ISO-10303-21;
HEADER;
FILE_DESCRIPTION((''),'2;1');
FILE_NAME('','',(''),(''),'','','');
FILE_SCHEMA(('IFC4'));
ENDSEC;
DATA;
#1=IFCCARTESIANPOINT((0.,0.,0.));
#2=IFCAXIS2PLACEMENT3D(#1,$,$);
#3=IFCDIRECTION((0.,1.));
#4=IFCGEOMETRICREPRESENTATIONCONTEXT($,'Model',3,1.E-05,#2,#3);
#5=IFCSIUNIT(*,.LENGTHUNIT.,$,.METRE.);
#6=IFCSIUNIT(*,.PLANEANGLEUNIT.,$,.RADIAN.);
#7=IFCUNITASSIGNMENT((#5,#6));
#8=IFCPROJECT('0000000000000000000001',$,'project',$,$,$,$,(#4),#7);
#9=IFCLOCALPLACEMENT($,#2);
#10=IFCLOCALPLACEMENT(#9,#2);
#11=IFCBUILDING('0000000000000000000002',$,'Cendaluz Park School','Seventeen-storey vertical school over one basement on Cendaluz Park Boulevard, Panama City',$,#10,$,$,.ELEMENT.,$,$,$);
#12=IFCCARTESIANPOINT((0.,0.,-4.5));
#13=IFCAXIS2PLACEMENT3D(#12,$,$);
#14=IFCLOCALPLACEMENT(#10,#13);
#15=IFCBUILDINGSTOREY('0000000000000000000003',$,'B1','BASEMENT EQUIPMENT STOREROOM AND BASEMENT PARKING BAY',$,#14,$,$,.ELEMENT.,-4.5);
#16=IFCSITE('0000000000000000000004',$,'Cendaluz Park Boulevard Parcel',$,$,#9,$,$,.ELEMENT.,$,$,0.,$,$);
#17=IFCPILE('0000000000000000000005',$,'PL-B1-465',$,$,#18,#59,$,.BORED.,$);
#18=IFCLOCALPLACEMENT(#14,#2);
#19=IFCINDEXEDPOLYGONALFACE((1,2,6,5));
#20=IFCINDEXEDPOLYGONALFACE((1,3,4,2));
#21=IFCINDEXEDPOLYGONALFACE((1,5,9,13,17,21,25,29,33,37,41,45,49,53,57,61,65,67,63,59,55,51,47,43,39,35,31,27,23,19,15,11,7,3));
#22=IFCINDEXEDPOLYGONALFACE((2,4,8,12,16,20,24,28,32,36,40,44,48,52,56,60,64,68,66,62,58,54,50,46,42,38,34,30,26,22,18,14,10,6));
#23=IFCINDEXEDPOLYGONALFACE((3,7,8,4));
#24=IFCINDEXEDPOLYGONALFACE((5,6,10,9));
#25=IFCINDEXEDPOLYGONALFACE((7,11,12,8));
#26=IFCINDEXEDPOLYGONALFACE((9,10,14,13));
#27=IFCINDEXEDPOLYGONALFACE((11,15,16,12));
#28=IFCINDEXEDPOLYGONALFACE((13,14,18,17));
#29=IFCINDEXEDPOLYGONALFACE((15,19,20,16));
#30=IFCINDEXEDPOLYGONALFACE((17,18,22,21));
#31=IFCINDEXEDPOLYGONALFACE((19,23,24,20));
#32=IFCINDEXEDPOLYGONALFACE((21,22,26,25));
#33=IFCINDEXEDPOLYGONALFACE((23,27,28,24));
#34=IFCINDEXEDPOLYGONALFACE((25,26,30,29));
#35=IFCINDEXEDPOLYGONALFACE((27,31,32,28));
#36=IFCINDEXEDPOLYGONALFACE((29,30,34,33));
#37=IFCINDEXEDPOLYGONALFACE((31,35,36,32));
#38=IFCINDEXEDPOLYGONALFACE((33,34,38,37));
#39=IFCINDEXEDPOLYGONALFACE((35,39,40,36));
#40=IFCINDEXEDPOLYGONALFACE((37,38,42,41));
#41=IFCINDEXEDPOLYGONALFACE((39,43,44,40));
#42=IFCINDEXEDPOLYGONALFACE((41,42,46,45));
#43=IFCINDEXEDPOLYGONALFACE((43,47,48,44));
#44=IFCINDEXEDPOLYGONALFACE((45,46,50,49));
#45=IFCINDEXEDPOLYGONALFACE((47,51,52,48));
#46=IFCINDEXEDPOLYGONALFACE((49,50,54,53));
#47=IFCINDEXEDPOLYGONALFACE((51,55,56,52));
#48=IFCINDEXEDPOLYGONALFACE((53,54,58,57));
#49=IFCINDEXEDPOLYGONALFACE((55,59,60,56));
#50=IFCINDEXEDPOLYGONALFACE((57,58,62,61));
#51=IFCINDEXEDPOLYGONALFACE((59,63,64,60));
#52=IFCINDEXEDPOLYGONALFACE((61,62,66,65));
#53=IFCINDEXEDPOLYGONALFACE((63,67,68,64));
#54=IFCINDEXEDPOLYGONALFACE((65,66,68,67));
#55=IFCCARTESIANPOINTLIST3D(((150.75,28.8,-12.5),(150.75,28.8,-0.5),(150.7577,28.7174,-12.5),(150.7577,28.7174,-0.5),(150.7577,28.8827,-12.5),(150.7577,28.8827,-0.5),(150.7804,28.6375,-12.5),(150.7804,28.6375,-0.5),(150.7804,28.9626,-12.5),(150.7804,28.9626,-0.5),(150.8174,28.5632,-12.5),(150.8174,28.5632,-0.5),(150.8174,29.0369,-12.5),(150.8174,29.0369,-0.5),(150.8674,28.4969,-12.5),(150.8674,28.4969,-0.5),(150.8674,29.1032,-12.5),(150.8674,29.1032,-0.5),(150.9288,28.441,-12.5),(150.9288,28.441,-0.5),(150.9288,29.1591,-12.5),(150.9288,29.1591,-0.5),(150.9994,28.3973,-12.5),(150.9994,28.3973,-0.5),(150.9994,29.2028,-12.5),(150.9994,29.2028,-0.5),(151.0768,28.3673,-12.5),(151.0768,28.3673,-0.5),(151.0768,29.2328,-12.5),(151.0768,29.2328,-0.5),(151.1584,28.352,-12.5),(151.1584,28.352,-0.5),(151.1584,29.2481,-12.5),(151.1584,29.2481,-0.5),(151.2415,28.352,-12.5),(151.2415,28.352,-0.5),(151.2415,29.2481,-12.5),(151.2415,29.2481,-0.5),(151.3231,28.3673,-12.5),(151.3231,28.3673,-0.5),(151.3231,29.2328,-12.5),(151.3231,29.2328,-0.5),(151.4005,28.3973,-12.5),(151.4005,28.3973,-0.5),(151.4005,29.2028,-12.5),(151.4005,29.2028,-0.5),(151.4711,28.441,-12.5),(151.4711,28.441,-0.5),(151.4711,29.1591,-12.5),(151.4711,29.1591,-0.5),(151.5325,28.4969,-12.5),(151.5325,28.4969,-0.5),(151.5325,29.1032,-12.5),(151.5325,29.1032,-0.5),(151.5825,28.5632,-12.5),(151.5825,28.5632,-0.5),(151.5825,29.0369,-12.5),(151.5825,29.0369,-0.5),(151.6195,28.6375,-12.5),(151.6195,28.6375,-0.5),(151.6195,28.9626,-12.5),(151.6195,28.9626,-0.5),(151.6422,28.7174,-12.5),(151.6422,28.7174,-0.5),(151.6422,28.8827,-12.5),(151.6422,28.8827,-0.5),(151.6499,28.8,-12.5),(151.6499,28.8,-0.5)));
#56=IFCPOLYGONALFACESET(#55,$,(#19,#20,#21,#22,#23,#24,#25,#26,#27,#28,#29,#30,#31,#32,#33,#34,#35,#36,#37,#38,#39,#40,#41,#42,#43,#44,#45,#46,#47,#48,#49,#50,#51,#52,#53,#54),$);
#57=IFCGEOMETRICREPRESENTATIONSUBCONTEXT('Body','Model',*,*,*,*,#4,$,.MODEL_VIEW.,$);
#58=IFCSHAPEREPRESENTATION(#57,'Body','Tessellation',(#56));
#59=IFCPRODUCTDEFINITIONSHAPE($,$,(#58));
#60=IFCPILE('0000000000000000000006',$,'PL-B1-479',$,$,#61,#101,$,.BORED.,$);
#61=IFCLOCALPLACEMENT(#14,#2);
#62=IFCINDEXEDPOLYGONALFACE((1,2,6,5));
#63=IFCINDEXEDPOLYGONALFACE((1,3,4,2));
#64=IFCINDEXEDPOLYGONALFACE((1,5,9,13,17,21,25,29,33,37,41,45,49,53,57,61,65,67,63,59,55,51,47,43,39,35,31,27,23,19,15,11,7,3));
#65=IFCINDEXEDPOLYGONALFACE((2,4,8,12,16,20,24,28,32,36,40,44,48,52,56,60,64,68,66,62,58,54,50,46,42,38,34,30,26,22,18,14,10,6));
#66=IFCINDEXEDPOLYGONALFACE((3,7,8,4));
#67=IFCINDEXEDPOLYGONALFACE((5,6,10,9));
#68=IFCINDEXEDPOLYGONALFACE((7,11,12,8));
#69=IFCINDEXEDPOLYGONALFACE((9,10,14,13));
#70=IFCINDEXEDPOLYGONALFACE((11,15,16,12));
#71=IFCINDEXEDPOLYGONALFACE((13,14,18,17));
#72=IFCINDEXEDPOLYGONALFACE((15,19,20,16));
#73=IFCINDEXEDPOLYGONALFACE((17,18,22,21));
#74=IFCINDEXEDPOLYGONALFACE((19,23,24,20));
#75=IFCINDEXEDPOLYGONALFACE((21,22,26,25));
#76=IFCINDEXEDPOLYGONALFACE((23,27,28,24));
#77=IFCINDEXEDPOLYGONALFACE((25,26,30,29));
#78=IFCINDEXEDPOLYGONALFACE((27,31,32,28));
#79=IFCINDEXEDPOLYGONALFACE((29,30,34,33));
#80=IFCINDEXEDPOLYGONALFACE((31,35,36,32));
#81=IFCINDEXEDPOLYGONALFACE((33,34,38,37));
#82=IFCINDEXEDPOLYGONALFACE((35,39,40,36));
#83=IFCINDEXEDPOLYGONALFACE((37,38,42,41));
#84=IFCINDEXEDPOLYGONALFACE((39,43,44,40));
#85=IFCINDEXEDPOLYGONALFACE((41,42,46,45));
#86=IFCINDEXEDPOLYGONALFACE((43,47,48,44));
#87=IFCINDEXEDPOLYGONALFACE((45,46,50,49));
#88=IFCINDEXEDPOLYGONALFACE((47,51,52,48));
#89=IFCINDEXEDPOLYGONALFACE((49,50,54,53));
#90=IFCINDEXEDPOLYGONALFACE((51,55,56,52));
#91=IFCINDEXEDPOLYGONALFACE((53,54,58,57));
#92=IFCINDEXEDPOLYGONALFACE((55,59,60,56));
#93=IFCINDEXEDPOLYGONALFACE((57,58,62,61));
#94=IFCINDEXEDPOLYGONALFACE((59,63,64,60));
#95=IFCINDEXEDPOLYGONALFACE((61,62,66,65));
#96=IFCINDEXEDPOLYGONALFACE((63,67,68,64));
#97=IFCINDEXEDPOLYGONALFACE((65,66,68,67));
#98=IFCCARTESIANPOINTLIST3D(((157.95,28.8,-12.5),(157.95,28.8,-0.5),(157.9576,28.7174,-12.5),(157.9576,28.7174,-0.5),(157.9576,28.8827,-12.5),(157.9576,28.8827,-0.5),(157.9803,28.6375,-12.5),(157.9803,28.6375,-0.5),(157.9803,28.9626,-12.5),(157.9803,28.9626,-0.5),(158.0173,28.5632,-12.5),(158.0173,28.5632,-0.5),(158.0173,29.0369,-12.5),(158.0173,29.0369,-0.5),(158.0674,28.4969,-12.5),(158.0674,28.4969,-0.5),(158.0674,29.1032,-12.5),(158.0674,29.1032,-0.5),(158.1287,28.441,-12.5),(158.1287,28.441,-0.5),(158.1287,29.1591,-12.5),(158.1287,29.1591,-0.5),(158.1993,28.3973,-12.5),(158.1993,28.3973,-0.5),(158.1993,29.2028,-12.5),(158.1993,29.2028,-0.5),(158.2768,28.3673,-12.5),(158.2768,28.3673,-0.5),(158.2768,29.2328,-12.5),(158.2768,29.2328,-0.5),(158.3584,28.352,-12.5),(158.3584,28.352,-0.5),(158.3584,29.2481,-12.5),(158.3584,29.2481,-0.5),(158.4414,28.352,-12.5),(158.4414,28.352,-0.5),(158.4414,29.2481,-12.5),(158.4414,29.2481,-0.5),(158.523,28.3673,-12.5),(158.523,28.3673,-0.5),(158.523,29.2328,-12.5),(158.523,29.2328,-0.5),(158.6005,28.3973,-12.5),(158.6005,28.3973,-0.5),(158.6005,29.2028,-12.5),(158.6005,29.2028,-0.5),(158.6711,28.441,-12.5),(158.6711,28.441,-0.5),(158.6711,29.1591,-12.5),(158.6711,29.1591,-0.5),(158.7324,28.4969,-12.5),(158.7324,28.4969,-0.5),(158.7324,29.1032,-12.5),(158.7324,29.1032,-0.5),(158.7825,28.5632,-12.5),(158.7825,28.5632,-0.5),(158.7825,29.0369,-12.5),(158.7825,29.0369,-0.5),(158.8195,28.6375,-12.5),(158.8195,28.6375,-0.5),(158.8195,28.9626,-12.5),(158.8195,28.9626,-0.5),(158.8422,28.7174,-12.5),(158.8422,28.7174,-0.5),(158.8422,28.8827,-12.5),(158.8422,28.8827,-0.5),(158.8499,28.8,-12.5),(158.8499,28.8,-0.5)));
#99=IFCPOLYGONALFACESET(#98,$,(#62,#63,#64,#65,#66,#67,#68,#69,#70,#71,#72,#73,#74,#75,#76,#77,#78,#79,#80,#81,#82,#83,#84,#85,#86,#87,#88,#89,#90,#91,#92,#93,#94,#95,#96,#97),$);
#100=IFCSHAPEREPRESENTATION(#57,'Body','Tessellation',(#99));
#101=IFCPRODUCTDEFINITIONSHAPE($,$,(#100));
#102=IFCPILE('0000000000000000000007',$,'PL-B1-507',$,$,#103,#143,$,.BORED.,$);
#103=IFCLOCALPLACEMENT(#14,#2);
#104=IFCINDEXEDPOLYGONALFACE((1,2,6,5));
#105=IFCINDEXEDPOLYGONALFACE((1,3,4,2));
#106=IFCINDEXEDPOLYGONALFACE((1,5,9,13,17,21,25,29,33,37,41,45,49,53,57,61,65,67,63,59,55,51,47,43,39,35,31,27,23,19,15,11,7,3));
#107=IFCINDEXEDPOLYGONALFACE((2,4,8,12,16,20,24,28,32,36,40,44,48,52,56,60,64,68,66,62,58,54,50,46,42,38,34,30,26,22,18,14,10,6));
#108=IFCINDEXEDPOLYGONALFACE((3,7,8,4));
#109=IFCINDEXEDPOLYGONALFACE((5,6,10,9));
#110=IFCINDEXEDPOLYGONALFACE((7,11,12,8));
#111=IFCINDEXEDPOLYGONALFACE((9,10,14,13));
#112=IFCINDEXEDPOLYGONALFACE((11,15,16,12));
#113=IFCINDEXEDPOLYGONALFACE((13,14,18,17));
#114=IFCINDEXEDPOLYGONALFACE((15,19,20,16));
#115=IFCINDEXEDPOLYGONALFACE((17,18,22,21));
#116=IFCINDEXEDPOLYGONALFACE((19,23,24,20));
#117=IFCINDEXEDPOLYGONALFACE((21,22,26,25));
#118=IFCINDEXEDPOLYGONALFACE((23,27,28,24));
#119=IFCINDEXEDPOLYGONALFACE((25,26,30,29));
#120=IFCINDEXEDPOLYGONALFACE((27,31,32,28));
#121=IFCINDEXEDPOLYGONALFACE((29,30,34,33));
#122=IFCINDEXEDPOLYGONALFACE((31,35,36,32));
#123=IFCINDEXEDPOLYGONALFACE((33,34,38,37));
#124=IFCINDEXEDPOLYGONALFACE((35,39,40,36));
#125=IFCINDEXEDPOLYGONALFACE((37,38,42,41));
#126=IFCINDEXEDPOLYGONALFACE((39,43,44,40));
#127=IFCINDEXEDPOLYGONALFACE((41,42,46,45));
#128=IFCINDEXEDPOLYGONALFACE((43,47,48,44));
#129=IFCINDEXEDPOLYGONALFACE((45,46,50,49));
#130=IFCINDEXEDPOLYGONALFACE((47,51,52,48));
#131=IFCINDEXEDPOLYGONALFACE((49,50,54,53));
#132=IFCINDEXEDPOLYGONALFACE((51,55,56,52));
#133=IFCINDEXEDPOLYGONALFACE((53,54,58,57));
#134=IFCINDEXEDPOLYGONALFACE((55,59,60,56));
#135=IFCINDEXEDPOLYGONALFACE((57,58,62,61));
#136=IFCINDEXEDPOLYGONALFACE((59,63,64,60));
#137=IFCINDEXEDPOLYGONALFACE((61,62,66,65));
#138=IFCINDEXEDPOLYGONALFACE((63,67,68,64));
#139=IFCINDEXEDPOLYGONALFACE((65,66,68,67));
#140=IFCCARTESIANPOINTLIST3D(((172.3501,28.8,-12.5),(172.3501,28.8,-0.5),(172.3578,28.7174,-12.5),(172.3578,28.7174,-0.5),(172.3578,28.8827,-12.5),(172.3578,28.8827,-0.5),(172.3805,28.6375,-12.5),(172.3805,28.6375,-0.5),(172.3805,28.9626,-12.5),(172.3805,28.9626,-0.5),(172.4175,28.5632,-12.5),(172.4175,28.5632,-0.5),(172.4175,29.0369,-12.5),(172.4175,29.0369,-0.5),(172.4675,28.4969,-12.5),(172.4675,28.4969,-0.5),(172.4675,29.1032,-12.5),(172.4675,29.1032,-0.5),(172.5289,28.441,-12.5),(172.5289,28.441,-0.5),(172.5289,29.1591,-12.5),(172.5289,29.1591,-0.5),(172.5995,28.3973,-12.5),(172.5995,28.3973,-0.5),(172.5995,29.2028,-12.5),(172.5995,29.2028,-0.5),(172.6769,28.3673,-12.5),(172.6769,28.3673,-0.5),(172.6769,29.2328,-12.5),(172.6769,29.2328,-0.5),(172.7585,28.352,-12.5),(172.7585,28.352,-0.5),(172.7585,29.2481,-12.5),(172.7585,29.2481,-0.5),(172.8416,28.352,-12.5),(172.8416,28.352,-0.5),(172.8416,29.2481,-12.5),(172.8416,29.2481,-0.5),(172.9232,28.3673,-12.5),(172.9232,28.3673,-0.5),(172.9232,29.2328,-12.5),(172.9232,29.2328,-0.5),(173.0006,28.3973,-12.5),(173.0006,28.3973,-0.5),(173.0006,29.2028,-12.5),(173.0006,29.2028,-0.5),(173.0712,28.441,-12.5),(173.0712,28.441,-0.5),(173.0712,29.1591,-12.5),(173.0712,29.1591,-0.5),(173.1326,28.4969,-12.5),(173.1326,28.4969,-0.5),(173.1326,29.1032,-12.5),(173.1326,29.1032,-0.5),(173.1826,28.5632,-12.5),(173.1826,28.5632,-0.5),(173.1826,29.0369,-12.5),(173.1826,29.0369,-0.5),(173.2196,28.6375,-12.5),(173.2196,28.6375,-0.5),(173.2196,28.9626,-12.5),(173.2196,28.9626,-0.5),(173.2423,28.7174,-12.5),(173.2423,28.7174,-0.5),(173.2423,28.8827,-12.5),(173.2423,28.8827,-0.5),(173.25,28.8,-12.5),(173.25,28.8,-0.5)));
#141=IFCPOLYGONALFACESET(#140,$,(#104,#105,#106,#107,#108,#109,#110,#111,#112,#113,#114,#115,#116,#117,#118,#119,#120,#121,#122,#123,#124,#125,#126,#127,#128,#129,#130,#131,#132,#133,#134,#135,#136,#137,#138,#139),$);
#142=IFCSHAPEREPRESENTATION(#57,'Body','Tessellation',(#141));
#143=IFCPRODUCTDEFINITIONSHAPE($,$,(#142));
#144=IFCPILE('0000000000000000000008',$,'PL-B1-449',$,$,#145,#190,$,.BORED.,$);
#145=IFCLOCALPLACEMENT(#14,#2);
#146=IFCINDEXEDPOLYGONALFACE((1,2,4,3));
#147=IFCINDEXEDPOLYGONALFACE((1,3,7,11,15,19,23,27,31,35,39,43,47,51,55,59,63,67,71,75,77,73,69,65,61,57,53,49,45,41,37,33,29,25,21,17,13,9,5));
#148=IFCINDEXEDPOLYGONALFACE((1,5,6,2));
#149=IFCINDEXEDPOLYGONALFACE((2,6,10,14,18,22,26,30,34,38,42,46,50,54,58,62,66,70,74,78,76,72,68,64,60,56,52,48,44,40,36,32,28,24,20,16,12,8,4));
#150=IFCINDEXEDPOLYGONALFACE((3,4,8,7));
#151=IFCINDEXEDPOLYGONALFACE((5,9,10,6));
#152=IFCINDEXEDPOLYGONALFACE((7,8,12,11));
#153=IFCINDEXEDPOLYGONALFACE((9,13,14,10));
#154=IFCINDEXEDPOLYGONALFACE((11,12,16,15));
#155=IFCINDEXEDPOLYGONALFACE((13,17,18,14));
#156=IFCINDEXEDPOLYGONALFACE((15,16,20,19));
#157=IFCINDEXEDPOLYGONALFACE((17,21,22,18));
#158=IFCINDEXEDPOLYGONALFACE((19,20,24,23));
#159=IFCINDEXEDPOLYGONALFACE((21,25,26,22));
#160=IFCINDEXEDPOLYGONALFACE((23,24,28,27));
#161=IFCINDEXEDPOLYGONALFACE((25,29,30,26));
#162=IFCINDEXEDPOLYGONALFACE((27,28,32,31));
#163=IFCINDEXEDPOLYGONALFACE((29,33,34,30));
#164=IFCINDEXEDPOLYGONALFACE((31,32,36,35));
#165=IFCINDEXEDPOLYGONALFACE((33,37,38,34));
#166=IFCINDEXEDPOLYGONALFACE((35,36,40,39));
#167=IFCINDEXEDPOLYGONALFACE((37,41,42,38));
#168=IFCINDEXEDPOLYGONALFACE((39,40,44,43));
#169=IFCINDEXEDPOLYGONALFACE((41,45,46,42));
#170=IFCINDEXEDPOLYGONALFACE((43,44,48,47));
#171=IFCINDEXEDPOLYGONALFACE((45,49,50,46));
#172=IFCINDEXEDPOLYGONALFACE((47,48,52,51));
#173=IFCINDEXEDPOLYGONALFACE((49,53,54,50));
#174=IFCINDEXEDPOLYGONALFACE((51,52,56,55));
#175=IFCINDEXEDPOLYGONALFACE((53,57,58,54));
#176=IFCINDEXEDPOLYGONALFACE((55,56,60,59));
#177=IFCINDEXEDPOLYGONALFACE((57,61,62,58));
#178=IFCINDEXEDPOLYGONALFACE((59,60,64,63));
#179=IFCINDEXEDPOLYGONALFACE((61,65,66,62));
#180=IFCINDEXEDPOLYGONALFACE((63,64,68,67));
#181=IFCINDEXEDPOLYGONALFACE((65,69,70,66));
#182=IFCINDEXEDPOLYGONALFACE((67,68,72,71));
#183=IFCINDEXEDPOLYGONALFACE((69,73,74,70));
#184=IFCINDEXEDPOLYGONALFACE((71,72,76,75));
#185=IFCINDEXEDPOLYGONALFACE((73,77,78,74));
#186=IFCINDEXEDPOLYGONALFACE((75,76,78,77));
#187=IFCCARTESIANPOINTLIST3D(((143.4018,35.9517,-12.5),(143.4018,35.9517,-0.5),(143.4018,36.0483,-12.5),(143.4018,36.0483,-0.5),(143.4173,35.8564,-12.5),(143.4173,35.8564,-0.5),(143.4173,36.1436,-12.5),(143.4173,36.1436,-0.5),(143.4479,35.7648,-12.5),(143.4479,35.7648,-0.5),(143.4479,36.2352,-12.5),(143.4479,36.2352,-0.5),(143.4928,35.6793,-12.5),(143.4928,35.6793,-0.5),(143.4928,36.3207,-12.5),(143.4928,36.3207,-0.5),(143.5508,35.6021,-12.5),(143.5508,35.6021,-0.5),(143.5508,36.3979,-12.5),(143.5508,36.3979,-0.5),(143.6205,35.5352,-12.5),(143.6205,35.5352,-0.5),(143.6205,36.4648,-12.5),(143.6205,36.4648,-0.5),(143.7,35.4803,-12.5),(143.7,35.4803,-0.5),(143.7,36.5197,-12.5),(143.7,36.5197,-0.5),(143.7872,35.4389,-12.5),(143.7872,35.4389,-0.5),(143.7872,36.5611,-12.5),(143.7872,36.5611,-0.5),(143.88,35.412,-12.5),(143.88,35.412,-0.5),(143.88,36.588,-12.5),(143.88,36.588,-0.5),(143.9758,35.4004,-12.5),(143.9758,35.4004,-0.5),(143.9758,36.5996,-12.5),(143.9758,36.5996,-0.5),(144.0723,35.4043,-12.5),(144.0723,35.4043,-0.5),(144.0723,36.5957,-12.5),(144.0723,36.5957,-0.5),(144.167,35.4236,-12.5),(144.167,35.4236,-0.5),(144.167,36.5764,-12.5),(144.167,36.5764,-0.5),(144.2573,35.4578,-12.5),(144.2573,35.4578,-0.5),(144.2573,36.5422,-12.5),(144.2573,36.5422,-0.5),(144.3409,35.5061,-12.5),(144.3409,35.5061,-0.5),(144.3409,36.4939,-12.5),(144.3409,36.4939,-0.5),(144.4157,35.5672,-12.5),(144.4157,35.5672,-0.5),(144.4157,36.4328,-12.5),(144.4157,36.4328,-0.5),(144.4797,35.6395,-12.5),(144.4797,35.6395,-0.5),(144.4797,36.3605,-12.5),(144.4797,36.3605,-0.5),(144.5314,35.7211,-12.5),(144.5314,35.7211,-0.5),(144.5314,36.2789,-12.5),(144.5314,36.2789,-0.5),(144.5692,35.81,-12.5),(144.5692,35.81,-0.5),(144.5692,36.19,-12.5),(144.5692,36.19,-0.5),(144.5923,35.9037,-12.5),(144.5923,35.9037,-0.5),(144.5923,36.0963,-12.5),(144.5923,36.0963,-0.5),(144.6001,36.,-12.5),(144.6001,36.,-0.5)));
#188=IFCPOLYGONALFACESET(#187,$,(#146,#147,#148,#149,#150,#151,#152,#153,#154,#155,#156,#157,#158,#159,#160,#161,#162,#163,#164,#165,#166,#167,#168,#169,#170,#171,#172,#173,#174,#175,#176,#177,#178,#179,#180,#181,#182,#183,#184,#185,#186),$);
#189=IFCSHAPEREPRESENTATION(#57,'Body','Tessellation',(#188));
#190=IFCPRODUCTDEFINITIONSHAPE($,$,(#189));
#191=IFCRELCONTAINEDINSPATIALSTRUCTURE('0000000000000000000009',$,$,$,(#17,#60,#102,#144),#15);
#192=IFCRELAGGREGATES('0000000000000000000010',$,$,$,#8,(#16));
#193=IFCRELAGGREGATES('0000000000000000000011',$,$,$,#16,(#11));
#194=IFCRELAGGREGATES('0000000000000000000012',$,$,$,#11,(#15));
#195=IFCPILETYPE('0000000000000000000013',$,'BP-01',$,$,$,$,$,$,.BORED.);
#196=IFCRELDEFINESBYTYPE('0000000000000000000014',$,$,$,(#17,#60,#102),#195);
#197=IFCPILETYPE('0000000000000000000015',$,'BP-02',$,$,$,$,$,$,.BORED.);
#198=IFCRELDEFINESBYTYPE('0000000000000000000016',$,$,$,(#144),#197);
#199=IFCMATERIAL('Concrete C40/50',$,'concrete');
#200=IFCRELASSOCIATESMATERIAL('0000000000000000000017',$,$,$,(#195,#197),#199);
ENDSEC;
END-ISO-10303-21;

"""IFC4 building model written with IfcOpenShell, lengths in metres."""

from ifc_helpers import new_model, si_unit, direction, frame, origin, origin_2d, place, context, subcontext, project, spatial, circle, extrude, material, material_profile, profile_set, type_object, element, save


model = new_model("IFC4")

# Units and contexts
model_context = context("Model", 3, precision=1e-05, world=origin(), true_north=direction((0.0, 1.0)))
body_context = subcontext(model_context, "Body", "Model", "MODEL_VIEW")
ifc_project = project(units=[si_unit("LENGTHUNIT", "METRE"), si_unit("PLANEANGLEUNIT", "RADIAN")], contexts=[model_context])

# Site, building, storey
site_placement = place(None, origin())
site = spatial("IfcSite", under=ifc_project, at=site_placement, Name="Cendaluz Park Boulevard Parcel", CompositionType="ELEMENT", RefElevation=0.0)
building_placement = place(site_placement, origin())
building = spatial("IfcBuilding", under=site, at=building_placement, Name="Cendaluz Park School", Description="Seventeen-storey vertical school over one basement on Cendaluz Park Boulevard, Panama City", CompositionType="ELEMENT")
storey_placement = place(building_placement, frame((0.0, 0.0, -4.5)))
storey = spatial("IfcBuildingStorey", under=building, at=storey_placement, Name="B1", Description="BASEMENT EQUIPMENT STOREROOM AND BASEMENT PARKING BAY", CompositionType="ELEMENT", Elevation=-4.5)

# Piles
ifc_material_1 = material(Name="Concrete C40/50", Category="concrete")
ifc_material_profile_1 = material_profile(ifc_material_1, circle(Radius=0.45, at=origin_2d()), Name="BP D900", Category="concrete")
ifc_profile_set_1 = profile_set([ifc_material_profile_1], Name="Concrete C40/50")
pile_type_1 = type_object("IfcPileType", Name="BP-01", PredefinedType="BORED", material=ifc_profile_set_1)
for number, where, z_axis, x_axis, name in (
    (1, (151.2, 28.8, -0.5), (0.0, 0.0, -1.0), (1.0, 0.0, 0.0), "PL-B1-465"),
    (2, (158.3999, 28.8, -0.5), (0.0, 0.0, -1.0), (1.0, 0.0, 0.0), "PL-B1-479"),
    (3, (172.8, 28.8, -0.5), (0.0, 0.0, -1.0), (1.0, 0.0, 0.0), "PL-B1-507"),
):
    element("IfcPile", number, at=place(storey_placement, frame(where, z_axis=z_axis, x_axis=x_axis)), inside=storey, type_object=pile_type_1, Name=name, PredefinedType="BORED", context=body_context, shape_type="SweptSolid", body=[
        extrude(circle(Radius=0.45, at=origin_2d()), origin(), (0.0, 0.0, 1.0), 12.0),
    ])
ifc_material_profile_2 = material_profile(ifc_material_1, circle(Radius=0.6001, at=origin_2d()), Name="BP D1200", Category="concrete")
ifc_profile_set_2 = profile_set([ifc_material_profile_2], Name="Concrete C40/50")
pile_type_2 = type_object("IfcPileType", Name="BP-02", PredefinedType="BORED", material=ifc_profile_set_2)
for number, where, z_axis, x_axis, name in (
    (4, (144.0, 36.0, -0.5), (0.0, 0.0, -1.0), (1.0, 0.0, 0.0), "PL-B1-449"),
):
    element("IfcPile", number, at=place(storey_placement, frame(where, z_axis=z_axis, x_axis=x_axis)), inside=storey, type_object=pile_type_2, Name=name, PredefinedType="BORED", context=body_context, shape_type="SweptSolid", body=[
        extrude(circle(Radius=0.6001, at=origin_2d()), origin(), (0.0, 0.0, 1.0), 12.0),
    ])

save(model, "model.ifc")
